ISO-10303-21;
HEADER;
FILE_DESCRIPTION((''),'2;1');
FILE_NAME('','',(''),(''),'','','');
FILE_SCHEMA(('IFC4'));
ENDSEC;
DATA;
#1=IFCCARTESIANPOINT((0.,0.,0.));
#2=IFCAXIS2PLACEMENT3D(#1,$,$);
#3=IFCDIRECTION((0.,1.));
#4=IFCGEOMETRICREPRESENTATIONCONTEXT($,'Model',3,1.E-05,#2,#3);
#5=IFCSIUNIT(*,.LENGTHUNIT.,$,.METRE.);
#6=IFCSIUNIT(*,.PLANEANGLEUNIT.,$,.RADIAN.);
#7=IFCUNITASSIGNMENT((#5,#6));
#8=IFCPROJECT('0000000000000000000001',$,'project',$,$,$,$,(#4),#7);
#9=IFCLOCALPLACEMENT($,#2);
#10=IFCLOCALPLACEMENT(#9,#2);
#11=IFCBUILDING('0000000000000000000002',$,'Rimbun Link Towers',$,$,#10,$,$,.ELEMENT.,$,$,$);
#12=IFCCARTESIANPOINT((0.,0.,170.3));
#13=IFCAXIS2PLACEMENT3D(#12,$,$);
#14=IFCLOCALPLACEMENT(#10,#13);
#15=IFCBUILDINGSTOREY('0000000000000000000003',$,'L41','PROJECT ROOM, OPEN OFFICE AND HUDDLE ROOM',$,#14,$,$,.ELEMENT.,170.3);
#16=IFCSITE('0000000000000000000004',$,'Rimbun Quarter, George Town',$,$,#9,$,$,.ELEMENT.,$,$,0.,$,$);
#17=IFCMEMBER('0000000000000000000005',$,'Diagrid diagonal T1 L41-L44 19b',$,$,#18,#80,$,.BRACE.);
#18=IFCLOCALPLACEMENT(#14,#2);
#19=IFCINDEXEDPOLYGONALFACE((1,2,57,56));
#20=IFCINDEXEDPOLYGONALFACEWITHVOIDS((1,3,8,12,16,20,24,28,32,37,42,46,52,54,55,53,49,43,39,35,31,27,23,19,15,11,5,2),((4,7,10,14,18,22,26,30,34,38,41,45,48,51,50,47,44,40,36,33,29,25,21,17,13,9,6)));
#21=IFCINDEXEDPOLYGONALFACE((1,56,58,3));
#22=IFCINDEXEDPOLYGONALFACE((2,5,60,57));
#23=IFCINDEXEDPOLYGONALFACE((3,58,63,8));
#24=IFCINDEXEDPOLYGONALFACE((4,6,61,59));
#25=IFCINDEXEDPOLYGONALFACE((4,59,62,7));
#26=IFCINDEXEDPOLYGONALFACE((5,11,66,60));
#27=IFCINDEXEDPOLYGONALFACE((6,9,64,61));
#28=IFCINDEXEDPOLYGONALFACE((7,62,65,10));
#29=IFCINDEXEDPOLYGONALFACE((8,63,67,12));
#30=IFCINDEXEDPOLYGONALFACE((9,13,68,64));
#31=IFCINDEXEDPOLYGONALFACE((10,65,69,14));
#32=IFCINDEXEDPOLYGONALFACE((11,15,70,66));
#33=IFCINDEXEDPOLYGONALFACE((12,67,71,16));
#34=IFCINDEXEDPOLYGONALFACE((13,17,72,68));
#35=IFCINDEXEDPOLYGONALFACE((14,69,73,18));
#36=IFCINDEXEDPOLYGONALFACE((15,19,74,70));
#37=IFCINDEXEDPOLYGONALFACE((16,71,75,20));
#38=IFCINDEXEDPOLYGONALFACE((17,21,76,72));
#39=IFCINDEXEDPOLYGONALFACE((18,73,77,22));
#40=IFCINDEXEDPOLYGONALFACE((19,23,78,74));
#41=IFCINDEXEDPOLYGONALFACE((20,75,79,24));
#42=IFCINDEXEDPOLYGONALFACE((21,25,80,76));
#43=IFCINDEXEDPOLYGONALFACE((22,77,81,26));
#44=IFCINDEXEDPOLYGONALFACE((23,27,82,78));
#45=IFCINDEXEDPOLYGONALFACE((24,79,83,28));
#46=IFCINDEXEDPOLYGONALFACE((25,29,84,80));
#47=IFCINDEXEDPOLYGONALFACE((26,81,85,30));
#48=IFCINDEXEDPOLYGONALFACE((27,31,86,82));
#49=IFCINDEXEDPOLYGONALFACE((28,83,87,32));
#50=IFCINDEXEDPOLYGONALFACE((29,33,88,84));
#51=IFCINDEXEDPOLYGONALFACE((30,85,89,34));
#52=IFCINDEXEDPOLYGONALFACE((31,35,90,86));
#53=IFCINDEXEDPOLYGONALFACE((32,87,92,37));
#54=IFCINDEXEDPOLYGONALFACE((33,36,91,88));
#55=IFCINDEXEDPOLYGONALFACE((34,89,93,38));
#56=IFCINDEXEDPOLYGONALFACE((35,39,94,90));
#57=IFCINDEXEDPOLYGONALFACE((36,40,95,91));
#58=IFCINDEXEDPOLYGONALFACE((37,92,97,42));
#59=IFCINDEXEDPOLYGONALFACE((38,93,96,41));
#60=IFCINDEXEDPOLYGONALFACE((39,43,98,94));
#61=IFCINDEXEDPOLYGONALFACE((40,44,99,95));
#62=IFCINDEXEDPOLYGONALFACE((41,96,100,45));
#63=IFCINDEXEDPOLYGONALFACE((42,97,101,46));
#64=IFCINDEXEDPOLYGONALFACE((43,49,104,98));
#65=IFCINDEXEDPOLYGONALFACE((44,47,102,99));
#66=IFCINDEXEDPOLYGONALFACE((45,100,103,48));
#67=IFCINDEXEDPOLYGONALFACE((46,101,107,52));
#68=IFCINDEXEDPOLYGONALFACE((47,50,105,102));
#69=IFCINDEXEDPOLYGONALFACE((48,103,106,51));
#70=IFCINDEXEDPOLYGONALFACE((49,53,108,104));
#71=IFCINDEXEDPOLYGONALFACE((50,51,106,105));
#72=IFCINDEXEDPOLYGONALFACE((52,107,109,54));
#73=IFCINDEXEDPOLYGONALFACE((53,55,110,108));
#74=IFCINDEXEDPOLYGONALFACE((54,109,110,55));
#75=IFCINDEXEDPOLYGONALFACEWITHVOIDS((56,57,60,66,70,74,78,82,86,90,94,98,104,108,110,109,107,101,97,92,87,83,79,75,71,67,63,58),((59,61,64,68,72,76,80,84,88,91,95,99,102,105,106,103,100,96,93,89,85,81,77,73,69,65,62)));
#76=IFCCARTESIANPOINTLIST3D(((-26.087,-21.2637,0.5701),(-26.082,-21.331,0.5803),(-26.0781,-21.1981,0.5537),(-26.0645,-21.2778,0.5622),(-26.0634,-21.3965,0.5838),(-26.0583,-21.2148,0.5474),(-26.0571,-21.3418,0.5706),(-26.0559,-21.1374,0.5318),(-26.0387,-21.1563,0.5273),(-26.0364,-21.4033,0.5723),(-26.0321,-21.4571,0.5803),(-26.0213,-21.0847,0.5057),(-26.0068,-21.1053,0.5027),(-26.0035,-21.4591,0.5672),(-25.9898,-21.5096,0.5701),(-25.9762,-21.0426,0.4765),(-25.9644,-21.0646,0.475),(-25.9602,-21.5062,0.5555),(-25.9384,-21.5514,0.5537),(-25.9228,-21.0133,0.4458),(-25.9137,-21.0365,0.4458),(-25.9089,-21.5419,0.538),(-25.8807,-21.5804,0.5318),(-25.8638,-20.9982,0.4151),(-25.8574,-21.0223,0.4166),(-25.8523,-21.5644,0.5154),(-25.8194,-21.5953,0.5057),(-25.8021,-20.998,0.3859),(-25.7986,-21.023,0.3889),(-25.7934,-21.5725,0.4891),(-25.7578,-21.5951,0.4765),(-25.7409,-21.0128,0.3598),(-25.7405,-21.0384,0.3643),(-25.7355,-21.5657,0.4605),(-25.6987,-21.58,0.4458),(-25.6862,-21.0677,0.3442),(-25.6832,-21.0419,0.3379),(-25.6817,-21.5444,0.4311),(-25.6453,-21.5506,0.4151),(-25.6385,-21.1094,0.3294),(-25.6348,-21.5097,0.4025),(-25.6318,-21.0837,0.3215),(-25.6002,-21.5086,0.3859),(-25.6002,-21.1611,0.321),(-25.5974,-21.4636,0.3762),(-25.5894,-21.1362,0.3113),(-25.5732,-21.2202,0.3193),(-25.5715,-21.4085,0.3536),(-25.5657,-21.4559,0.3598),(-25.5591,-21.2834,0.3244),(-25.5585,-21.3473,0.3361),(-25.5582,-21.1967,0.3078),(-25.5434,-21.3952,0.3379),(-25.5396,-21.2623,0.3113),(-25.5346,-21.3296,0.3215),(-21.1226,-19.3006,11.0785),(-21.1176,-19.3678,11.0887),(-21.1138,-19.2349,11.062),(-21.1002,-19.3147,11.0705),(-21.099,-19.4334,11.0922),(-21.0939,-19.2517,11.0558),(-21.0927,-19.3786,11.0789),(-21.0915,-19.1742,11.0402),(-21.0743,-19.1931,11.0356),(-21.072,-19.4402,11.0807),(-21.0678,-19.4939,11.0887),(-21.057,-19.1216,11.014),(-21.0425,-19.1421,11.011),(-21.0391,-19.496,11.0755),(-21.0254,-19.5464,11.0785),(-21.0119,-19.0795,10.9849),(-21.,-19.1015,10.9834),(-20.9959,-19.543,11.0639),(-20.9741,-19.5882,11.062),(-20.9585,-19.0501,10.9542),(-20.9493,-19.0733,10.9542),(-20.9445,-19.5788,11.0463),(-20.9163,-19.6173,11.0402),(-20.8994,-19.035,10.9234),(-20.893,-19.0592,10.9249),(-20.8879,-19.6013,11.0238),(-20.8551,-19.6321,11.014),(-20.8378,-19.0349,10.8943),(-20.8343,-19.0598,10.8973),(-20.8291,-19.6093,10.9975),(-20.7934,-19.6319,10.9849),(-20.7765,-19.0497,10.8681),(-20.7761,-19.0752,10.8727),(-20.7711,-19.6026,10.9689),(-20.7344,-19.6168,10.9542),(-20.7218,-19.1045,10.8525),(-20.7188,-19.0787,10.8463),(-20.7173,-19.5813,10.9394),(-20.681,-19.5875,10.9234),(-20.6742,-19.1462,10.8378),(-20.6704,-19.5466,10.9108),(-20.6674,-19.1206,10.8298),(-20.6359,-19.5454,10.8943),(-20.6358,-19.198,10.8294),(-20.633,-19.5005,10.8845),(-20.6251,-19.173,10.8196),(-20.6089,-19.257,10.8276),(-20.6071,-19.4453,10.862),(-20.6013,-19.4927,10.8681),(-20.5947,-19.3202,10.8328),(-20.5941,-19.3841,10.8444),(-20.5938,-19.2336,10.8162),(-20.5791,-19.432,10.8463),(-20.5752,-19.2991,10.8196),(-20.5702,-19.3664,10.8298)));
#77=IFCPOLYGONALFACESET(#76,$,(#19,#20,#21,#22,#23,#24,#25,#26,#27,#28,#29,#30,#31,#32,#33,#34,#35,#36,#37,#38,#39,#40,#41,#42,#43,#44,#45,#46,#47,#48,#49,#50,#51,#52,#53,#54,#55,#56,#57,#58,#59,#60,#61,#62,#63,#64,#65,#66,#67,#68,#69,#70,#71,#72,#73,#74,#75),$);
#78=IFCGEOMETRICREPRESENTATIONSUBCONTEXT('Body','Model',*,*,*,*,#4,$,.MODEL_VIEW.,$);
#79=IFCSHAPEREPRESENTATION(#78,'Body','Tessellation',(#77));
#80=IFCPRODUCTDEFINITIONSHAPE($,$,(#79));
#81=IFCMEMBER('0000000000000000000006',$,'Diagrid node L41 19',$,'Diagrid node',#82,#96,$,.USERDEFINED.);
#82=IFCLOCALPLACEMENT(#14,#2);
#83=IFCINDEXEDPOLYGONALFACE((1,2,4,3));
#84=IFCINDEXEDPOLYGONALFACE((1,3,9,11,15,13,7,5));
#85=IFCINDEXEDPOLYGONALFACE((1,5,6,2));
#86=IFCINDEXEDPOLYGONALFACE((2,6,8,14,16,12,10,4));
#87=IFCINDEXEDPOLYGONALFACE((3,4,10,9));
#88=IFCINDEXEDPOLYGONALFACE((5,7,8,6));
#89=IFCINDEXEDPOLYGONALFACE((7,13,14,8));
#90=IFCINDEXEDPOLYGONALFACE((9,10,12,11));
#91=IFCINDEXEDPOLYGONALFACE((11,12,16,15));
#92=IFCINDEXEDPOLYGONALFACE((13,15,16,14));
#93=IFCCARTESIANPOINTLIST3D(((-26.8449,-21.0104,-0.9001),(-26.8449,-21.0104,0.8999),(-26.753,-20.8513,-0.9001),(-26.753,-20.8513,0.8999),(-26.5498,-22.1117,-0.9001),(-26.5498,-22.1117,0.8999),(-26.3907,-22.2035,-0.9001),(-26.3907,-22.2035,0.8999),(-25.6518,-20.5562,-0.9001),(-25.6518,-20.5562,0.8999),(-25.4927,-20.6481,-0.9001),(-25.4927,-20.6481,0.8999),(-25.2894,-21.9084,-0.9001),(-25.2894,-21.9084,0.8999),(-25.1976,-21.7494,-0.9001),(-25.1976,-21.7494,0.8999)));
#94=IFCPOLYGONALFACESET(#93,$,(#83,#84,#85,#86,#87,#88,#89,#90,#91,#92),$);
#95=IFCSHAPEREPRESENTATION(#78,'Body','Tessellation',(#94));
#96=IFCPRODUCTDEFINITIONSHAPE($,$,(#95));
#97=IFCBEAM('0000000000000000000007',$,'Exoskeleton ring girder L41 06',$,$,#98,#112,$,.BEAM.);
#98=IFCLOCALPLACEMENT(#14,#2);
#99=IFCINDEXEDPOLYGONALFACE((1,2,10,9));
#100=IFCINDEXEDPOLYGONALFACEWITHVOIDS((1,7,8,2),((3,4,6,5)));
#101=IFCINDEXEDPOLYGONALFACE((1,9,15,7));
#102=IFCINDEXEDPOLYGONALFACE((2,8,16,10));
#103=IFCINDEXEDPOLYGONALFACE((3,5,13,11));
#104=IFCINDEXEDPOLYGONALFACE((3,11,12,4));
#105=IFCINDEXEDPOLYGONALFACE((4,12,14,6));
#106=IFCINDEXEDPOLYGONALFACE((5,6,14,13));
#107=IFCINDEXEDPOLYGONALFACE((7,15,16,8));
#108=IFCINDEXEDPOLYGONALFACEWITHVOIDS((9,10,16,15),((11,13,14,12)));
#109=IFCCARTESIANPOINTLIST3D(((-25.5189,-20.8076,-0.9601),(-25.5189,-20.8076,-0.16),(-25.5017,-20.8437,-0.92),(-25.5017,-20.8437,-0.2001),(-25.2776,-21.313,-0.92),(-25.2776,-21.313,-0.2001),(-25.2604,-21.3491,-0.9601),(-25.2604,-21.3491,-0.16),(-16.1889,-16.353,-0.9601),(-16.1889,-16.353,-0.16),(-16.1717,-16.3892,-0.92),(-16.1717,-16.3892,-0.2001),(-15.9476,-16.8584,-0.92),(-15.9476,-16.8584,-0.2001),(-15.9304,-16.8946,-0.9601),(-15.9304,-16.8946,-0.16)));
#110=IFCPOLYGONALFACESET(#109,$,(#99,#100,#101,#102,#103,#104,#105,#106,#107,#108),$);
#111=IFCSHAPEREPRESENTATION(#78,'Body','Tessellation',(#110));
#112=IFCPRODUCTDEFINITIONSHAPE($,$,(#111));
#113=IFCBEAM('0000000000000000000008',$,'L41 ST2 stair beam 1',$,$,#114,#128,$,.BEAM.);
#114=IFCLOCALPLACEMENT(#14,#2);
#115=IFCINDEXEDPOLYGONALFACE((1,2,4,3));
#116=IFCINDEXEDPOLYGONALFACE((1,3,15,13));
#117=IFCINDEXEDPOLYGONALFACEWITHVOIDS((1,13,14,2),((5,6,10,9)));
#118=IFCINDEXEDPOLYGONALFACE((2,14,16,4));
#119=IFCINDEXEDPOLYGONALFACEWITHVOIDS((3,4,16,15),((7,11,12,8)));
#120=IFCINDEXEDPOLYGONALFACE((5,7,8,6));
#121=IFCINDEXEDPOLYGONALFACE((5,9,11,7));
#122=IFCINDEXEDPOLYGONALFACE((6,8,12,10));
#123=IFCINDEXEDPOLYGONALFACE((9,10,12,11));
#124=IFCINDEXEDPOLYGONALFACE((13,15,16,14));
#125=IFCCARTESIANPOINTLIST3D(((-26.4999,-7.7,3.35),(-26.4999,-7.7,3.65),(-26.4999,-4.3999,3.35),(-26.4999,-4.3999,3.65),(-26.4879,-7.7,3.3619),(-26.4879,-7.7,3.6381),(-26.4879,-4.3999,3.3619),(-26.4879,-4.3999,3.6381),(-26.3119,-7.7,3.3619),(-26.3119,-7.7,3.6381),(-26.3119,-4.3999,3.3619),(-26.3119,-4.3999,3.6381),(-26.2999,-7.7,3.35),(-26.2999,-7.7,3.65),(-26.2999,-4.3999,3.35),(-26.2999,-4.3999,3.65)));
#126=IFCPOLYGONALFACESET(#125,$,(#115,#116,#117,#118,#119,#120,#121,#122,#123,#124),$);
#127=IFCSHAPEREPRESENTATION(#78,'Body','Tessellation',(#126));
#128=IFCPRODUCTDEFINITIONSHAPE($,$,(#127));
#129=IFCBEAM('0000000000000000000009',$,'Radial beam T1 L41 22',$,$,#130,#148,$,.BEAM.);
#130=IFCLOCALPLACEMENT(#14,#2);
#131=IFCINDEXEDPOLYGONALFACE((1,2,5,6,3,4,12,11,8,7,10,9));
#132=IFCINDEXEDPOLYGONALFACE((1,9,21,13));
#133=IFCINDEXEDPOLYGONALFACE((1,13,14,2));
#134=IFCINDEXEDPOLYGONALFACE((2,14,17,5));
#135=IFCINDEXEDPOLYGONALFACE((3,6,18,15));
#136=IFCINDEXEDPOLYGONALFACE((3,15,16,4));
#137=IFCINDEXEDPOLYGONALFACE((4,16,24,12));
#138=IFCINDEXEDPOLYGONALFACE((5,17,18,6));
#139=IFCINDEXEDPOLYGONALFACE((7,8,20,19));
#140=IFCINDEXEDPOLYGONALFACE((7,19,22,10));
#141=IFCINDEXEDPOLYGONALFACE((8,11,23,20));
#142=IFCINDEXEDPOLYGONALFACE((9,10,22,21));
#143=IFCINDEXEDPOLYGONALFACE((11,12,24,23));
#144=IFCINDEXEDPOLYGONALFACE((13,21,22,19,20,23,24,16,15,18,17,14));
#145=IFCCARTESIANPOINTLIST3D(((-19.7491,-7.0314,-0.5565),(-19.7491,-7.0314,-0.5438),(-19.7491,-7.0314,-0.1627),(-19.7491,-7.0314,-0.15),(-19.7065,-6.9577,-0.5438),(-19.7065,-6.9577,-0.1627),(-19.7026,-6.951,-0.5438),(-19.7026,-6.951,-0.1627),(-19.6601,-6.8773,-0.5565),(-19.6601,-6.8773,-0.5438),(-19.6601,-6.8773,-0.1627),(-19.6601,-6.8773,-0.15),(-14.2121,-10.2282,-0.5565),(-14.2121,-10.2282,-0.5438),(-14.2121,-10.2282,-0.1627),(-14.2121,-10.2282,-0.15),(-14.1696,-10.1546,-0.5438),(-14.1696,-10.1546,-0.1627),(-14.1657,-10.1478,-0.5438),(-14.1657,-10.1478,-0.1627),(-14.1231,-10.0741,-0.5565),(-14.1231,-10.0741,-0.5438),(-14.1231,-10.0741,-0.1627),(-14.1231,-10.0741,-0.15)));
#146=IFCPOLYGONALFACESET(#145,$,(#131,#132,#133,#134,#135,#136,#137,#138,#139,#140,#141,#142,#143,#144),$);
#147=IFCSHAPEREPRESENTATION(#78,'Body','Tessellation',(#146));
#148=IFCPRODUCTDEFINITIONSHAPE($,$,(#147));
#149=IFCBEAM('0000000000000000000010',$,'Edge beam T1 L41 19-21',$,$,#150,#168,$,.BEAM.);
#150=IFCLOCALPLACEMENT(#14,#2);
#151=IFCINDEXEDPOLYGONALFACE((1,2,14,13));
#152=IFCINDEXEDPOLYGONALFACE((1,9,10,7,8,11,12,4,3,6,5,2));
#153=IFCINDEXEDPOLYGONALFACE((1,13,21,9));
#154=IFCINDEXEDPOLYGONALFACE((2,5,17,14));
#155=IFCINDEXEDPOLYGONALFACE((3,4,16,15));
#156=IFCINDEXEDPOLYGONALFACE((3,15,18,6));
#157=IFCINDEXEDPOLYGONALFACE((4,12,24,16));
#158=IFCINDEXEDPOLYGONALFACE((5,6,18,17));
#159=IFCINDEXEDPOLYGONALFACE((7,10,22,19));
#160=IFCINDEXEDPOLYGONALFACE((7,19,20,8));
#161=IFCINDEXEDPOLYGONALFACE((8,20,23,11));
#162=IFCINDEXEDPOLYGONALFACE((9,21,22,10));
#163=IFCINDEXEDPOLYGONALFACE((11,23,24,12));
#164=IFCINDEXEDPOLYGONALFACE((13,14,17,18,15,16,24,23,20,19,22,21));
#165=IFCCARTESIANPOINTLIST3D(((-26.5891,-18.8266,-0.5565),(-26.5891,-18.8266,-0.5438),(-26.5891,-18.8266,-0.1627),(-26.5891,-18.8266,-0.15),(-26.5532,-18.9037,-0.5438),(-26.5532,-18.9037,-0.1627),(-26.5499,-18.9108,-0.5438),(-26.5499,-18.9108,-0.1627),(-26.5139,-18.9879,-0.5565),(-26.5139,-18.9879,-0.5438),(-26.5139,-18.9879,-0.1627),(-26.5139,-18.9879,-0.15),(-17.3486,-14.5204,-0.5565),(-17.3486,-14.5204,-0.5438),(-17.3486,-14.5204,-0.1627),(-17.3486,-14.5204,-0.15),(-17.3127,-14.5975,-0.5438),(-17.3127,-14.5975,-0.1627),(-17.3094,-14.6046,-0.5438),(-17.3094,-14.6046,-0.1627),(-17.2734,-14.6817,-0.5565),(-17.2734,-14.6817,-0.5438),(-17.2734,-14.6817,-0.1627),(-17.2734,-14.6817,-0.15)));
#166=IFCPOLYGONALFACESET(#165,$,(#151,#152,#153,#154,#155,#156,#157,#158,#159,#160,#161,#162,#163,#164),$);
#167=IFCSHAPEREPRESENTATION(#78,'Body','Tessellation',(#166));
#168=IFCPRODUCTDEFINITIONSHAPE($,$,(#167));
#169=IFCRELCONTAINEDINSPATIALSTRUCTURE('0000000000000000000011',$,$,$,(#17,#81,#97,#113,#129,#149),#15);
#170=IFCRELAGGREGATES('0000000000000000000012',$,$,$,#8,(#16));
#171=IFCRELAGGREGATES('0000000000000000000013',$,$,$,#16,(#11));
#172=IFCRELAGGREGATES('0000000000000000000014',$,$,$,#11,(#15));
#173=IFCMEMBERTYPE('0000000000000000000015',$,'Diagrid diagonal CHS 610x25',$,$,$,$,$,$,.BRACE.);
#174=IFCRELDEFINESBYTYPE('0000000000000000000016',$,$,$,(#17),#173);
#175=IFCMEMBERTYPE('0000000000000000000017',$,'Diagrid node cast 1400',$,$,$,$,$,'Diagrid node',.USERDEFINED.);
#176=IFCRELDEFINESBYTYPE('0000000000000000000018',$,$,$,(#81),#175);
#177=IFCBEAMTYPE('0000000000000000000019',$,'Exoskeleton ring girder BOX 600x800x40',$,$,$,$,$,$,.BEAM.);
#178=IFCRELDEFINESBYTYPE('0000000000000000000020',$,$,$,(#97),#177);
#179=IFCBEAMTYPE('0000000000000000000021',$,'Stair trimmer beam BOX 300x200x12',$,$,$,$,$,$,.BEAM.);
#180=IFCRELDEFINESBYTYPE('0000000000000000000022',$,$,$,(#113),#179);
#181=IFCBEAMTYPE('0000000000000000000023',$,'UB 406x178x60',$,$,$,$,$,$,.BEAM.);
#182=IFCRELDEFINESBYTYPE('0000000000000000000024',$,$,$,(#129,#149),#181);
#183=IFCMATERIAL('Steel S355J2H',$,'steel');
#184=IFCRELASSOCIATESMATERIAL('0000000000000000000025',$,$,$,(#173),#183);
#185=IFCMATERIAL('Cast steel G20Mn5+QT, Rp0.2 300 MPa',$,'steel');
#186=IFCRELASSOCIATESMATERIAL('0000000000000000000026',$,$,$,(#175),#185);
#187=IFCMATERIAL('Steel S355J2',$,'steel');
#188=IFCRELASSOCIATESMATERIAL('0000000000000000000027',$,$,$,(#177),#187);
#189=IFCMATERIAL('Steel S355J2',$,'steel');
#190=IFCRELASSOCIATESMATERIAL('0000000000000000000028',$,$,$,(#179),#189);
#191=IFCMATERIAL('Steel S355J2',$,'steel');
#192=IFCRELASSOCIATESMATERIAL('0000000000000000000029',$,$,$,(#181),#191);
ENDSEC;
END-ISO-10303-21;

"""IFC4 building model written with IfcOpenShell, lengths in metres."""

from ifc_helpers import new_model, si_unit, direction, frame, origin, origin_2d, place, context, subcontext, project, spatial, polyline, hollow_rectangle, hollow_circle, i_section, outline, extrude, material, material_profile, profile_set, type_object, element, save


model = new_model("IFC4")

# Units and contexts
model_context = context("Model", 3, precision=1e-05, world=origin(), true_north=direction((0.0, 1.0)))
body_context = subcontext(model_context, "Body", "Model", "MODEL_VIEW")
ifc_project = project(units=[si_unit("LENGTHUNIT", "METRE"), si_unit("PLANEANGLEUNIT", "RADIAN")], contexts=[model_context])

# Site, building, storey
site_placement = place(None, origin())
site = spatial("IfcSite", under=ifc_project, at=site_placement, Name="Rimbun Quarter, George Town", CompositionType="ELEMENT", RefElevation=0.0)
building_placement = place(site_placement, origin())
building = spatial("IfcBuilding", under=site, at=building_placement, Name="Rimbun Link Towers", CompositionType="ELEMENT")
storey_placement = place(building_placement, frame((0.0, 0.0, 170.3)))
storey = spatial("IfcBuildingStorey", under=building, at=storey_placement, Name="L41", Description="PROJECT ROOM, OPEN OFFICE AND HUDDLE ROOM", CompositionType="ELEMENT", Elevation=170.3)

# Members
ifc_material_1 = material(Name="Steel S355J2H", Category="steel")
ifc_material_profile_1 = material_profile(ifc_material_1, hollow_circle(Radius=0.3047, WallThickness=0.0249, at=origin_2d()), Name="Diagrid diagonal CHS 610x25")
ifc_profile_set_1 = profile_set([ifc_material_profile_1], Name="Steel S355J2H")
member_type_1 = type_object("IfcMemberType", Name="Diagrid diagonal CHS 610x25", PredefinedType="BRACE", material=ifc_profile_set_1)
member_1_placement = place(storey_placement, frame((-25.8108, -21.2966, 0.4458), z_axis=(0.421188, 0.166557, 0.891549), x_axis=(-0.367737, 0.92993, 0.0)))
element("IfcMember", 1, at=member_1_placement, inside=storey, type_object=member_type_1, Name="Diagrid diagonal T1 L41-L44 19b", PredefinedType="BRACE", context=body_context, shape_type="SweptSolid", body=[
    extrude(hollow_circle(Radius=0.3047, WallThickness=0.0249, at=origin_2d()), origin(), (0.0, 0.0, 1.0), 11.7866),
])
ifc_material_2 = material(Name="Cast steel G20Mn5+QT, Rp0.2 300 MPa", Category="steel")
ifc_material_profile_2 = material_profile(ifc_material_2, outline(polyline([(0.7, -0.5701), (0.7, 0.5701), (0.5701, 0.7), (-0.5701, 0.7), (-0.7, 0.5701), (-0.7, -0.5701), (-0.5701, -0.7), (0.5701, -0.7), (0.7, -0.5701)])), Name="NODE 1400x1400")
ifc_profile_set_2 = profile_set([ifc_material_profile_2], Name="Cast steel G20Mn5+QT, Rp0.2 300 MPa")
member_type_2 = type_object("IfcMemberType", Name="Diagrid node cast 1400", ElementType="Diagrid node", PredefinedType="USERDEFINED", material=ifc_profile_set_2)
member_2_placement = place(storey_placement, frame((-26.0212, -21.3799, -0.9001), z_axis=(0.0, 0.0, 1.0), x_axis=(0.258819, -0.965926, 0.0)))
element("IfcMember", 2, at=member_2_placement, inside=storey, type_object=member_type_2, Name="Diagrid node L41 19", ObjectType="Diagrid node", PredefinedType="USERDEFINED", context=body_context, shape_type="SweptSolid", body=[
    extrude(outline(polyline([(0.7, -0.5701), (0.7, 0.5701), (0.5701, 0.7), (-0.5701, 0.7), (-0.7, 0.5701), (-0.7, -0.5701), (-0.5701, -0.7), (0.5701, -0.7), (0.7, -0.5701)])), origin(), (0.0, 0.0, 1.0), 1.8),
])

# Beams
ifc_material_3 = material(Name="Steel S355J2", Category="steel")
ifc_material_profile_3 = material_profile(ifc_material_3, hollow_rectangle(XDim=0.6001, YDim=0.8, WallThickness=0.04, at=origin_2d()), Name="Exoskeleton ring girder BOX 600x800x40")
ifc_profile_set_3 = profile_set([ifc_material_profile_3], Name="Steel S355J2")
beam_type_1 = type_object("IfcBeamType", Name="Exoskeleton ring girder BOX 600x800x40", PredefinedType="BEAM", material=ifc_profile_set_3)
beam_1_placement = place(storey_placement, frame((-25.3896, -21.0784, -0.5601), z_axis=(0.902421, 0.430855, 0.0), x_axis=(-0.430855, 0.902421, 0.0)))
element("IfcBeam", 3, at=beam_1_placement, inside=storey, type_object=beam_type_1, Name="Exoskeleton ring girder L41 06", PredefinedType="BEAM", context=body_context, shape_type="SweptSolid", body=[
    extrude(hollow_rectangle(XDim=0.6001, YDim=0.8, WallThickness=0.04, at=origin_2d()), origin(), (0.0, 0.0, 1.0), 10.3389),
])
ifc_material_4 = material(Name="Steel S355J2", Category="steel")
ifc_material_profile_4 = material_profile(ifc_material_4, hollow_rectangle(XDim=0.2, YDim=0.3, WallThickness=0.012, at=origin_2d()), Name="BOX 300x200x12")
ifc_profile_set_4 = profile_set([ifc_material_profile_4], Name="Steel S355J2")
beam_type_2 = type_object("IfcBeamType", Name="Stair trimmer beam BOX 300x200x12", PredefinedType="BEAM", material=ifc_profile_set_4)
beam_2_placement = place(storey_placement, frame((-26.3999, -7.7, 3.5), z_axis=(0.0, 1.0, 0.0), x_axis=(-1.0, 0.0, 0.0)))
element("IfcBeam", 4, at=beam_2_placement, inside=storey, type_object=beam_type_2, Name="L41 ST2 stair beam 1", PredefinedType="BEAM", context=body_context, shape_type="SweptSolid", body=[
    extrude(hollow_rectangle(XDim=0.2, YDim=0.3, WallThickness=0.012, at=origin_2d()), origin(), (0.0, 0.0, 1.0), 3.3),
])
ifc_material_5 = material(Name="Steel S355J2", Category="steel")
ifc_material_profile_5 = material_profile(ifc_material_5, i_section(OverallWidth=0.178, OverallDepth=0.4065, WebThickness=0.0078, FlangeThickness=0.0127, at=origin_2d()), Name="UB 406x178x60")
ifc_profile_set_5 = profile_set([ifc_material_profile_5], Name="Steel S355J2")
beam_type_3 = type_object("IfcBeamType", Name="UB 406x178x60", PredefinedType="BEAM", material=ifc_profile_set_5)
beam_3_placement = place(storey_placement, frame((-19.7046, -6.9543, -0.3533), z_axis=(0.866021, -0.500008, 0.0), x_axis=(0.500008, 0.866021, 0.0)))
element("IfcBeam", 5, at=beam_3_placement, inside=storey, type_object=beam_type_3, Name="Radial beam T1 L41 22", PredefinedType="BEAM", context=body_context, shape_type="SweptSolid", body=[
    extrude(i_section(OverallWidth=0.178, OverallDepth=0.4065, WebThickness=0.0078, FlangeThickness=0.0127, at=origin_2d()), origin(), (0.0, 0.0, 1.0), 6.3936),
])
beam_4_placement = place(storey_placement, frame((-26.5515, -18.9072, -0.3533), z_axis=(0.906411, 0.422396, 0.0), x_axis=(-0.422396, 0.906411, 0.0)))
element("IfcBeam", 6, at=beam_4_placement, inside=storey, type_object=beam_type_3, Name="Edge beam T1 L41 19-21", PredefinedType="BEAM", context=body_context, shape_type="SweptSolid", body=[
    extrude(i_section(OverallWidth=0.178, OverallDepth=0.4065, WebThickness=0.0078, FlangeThickness=0.0127, at=origin_2d()), origin(), (0.0, 0.0, 1.0), 10.1946),
])

save(model, "model.ifc")
